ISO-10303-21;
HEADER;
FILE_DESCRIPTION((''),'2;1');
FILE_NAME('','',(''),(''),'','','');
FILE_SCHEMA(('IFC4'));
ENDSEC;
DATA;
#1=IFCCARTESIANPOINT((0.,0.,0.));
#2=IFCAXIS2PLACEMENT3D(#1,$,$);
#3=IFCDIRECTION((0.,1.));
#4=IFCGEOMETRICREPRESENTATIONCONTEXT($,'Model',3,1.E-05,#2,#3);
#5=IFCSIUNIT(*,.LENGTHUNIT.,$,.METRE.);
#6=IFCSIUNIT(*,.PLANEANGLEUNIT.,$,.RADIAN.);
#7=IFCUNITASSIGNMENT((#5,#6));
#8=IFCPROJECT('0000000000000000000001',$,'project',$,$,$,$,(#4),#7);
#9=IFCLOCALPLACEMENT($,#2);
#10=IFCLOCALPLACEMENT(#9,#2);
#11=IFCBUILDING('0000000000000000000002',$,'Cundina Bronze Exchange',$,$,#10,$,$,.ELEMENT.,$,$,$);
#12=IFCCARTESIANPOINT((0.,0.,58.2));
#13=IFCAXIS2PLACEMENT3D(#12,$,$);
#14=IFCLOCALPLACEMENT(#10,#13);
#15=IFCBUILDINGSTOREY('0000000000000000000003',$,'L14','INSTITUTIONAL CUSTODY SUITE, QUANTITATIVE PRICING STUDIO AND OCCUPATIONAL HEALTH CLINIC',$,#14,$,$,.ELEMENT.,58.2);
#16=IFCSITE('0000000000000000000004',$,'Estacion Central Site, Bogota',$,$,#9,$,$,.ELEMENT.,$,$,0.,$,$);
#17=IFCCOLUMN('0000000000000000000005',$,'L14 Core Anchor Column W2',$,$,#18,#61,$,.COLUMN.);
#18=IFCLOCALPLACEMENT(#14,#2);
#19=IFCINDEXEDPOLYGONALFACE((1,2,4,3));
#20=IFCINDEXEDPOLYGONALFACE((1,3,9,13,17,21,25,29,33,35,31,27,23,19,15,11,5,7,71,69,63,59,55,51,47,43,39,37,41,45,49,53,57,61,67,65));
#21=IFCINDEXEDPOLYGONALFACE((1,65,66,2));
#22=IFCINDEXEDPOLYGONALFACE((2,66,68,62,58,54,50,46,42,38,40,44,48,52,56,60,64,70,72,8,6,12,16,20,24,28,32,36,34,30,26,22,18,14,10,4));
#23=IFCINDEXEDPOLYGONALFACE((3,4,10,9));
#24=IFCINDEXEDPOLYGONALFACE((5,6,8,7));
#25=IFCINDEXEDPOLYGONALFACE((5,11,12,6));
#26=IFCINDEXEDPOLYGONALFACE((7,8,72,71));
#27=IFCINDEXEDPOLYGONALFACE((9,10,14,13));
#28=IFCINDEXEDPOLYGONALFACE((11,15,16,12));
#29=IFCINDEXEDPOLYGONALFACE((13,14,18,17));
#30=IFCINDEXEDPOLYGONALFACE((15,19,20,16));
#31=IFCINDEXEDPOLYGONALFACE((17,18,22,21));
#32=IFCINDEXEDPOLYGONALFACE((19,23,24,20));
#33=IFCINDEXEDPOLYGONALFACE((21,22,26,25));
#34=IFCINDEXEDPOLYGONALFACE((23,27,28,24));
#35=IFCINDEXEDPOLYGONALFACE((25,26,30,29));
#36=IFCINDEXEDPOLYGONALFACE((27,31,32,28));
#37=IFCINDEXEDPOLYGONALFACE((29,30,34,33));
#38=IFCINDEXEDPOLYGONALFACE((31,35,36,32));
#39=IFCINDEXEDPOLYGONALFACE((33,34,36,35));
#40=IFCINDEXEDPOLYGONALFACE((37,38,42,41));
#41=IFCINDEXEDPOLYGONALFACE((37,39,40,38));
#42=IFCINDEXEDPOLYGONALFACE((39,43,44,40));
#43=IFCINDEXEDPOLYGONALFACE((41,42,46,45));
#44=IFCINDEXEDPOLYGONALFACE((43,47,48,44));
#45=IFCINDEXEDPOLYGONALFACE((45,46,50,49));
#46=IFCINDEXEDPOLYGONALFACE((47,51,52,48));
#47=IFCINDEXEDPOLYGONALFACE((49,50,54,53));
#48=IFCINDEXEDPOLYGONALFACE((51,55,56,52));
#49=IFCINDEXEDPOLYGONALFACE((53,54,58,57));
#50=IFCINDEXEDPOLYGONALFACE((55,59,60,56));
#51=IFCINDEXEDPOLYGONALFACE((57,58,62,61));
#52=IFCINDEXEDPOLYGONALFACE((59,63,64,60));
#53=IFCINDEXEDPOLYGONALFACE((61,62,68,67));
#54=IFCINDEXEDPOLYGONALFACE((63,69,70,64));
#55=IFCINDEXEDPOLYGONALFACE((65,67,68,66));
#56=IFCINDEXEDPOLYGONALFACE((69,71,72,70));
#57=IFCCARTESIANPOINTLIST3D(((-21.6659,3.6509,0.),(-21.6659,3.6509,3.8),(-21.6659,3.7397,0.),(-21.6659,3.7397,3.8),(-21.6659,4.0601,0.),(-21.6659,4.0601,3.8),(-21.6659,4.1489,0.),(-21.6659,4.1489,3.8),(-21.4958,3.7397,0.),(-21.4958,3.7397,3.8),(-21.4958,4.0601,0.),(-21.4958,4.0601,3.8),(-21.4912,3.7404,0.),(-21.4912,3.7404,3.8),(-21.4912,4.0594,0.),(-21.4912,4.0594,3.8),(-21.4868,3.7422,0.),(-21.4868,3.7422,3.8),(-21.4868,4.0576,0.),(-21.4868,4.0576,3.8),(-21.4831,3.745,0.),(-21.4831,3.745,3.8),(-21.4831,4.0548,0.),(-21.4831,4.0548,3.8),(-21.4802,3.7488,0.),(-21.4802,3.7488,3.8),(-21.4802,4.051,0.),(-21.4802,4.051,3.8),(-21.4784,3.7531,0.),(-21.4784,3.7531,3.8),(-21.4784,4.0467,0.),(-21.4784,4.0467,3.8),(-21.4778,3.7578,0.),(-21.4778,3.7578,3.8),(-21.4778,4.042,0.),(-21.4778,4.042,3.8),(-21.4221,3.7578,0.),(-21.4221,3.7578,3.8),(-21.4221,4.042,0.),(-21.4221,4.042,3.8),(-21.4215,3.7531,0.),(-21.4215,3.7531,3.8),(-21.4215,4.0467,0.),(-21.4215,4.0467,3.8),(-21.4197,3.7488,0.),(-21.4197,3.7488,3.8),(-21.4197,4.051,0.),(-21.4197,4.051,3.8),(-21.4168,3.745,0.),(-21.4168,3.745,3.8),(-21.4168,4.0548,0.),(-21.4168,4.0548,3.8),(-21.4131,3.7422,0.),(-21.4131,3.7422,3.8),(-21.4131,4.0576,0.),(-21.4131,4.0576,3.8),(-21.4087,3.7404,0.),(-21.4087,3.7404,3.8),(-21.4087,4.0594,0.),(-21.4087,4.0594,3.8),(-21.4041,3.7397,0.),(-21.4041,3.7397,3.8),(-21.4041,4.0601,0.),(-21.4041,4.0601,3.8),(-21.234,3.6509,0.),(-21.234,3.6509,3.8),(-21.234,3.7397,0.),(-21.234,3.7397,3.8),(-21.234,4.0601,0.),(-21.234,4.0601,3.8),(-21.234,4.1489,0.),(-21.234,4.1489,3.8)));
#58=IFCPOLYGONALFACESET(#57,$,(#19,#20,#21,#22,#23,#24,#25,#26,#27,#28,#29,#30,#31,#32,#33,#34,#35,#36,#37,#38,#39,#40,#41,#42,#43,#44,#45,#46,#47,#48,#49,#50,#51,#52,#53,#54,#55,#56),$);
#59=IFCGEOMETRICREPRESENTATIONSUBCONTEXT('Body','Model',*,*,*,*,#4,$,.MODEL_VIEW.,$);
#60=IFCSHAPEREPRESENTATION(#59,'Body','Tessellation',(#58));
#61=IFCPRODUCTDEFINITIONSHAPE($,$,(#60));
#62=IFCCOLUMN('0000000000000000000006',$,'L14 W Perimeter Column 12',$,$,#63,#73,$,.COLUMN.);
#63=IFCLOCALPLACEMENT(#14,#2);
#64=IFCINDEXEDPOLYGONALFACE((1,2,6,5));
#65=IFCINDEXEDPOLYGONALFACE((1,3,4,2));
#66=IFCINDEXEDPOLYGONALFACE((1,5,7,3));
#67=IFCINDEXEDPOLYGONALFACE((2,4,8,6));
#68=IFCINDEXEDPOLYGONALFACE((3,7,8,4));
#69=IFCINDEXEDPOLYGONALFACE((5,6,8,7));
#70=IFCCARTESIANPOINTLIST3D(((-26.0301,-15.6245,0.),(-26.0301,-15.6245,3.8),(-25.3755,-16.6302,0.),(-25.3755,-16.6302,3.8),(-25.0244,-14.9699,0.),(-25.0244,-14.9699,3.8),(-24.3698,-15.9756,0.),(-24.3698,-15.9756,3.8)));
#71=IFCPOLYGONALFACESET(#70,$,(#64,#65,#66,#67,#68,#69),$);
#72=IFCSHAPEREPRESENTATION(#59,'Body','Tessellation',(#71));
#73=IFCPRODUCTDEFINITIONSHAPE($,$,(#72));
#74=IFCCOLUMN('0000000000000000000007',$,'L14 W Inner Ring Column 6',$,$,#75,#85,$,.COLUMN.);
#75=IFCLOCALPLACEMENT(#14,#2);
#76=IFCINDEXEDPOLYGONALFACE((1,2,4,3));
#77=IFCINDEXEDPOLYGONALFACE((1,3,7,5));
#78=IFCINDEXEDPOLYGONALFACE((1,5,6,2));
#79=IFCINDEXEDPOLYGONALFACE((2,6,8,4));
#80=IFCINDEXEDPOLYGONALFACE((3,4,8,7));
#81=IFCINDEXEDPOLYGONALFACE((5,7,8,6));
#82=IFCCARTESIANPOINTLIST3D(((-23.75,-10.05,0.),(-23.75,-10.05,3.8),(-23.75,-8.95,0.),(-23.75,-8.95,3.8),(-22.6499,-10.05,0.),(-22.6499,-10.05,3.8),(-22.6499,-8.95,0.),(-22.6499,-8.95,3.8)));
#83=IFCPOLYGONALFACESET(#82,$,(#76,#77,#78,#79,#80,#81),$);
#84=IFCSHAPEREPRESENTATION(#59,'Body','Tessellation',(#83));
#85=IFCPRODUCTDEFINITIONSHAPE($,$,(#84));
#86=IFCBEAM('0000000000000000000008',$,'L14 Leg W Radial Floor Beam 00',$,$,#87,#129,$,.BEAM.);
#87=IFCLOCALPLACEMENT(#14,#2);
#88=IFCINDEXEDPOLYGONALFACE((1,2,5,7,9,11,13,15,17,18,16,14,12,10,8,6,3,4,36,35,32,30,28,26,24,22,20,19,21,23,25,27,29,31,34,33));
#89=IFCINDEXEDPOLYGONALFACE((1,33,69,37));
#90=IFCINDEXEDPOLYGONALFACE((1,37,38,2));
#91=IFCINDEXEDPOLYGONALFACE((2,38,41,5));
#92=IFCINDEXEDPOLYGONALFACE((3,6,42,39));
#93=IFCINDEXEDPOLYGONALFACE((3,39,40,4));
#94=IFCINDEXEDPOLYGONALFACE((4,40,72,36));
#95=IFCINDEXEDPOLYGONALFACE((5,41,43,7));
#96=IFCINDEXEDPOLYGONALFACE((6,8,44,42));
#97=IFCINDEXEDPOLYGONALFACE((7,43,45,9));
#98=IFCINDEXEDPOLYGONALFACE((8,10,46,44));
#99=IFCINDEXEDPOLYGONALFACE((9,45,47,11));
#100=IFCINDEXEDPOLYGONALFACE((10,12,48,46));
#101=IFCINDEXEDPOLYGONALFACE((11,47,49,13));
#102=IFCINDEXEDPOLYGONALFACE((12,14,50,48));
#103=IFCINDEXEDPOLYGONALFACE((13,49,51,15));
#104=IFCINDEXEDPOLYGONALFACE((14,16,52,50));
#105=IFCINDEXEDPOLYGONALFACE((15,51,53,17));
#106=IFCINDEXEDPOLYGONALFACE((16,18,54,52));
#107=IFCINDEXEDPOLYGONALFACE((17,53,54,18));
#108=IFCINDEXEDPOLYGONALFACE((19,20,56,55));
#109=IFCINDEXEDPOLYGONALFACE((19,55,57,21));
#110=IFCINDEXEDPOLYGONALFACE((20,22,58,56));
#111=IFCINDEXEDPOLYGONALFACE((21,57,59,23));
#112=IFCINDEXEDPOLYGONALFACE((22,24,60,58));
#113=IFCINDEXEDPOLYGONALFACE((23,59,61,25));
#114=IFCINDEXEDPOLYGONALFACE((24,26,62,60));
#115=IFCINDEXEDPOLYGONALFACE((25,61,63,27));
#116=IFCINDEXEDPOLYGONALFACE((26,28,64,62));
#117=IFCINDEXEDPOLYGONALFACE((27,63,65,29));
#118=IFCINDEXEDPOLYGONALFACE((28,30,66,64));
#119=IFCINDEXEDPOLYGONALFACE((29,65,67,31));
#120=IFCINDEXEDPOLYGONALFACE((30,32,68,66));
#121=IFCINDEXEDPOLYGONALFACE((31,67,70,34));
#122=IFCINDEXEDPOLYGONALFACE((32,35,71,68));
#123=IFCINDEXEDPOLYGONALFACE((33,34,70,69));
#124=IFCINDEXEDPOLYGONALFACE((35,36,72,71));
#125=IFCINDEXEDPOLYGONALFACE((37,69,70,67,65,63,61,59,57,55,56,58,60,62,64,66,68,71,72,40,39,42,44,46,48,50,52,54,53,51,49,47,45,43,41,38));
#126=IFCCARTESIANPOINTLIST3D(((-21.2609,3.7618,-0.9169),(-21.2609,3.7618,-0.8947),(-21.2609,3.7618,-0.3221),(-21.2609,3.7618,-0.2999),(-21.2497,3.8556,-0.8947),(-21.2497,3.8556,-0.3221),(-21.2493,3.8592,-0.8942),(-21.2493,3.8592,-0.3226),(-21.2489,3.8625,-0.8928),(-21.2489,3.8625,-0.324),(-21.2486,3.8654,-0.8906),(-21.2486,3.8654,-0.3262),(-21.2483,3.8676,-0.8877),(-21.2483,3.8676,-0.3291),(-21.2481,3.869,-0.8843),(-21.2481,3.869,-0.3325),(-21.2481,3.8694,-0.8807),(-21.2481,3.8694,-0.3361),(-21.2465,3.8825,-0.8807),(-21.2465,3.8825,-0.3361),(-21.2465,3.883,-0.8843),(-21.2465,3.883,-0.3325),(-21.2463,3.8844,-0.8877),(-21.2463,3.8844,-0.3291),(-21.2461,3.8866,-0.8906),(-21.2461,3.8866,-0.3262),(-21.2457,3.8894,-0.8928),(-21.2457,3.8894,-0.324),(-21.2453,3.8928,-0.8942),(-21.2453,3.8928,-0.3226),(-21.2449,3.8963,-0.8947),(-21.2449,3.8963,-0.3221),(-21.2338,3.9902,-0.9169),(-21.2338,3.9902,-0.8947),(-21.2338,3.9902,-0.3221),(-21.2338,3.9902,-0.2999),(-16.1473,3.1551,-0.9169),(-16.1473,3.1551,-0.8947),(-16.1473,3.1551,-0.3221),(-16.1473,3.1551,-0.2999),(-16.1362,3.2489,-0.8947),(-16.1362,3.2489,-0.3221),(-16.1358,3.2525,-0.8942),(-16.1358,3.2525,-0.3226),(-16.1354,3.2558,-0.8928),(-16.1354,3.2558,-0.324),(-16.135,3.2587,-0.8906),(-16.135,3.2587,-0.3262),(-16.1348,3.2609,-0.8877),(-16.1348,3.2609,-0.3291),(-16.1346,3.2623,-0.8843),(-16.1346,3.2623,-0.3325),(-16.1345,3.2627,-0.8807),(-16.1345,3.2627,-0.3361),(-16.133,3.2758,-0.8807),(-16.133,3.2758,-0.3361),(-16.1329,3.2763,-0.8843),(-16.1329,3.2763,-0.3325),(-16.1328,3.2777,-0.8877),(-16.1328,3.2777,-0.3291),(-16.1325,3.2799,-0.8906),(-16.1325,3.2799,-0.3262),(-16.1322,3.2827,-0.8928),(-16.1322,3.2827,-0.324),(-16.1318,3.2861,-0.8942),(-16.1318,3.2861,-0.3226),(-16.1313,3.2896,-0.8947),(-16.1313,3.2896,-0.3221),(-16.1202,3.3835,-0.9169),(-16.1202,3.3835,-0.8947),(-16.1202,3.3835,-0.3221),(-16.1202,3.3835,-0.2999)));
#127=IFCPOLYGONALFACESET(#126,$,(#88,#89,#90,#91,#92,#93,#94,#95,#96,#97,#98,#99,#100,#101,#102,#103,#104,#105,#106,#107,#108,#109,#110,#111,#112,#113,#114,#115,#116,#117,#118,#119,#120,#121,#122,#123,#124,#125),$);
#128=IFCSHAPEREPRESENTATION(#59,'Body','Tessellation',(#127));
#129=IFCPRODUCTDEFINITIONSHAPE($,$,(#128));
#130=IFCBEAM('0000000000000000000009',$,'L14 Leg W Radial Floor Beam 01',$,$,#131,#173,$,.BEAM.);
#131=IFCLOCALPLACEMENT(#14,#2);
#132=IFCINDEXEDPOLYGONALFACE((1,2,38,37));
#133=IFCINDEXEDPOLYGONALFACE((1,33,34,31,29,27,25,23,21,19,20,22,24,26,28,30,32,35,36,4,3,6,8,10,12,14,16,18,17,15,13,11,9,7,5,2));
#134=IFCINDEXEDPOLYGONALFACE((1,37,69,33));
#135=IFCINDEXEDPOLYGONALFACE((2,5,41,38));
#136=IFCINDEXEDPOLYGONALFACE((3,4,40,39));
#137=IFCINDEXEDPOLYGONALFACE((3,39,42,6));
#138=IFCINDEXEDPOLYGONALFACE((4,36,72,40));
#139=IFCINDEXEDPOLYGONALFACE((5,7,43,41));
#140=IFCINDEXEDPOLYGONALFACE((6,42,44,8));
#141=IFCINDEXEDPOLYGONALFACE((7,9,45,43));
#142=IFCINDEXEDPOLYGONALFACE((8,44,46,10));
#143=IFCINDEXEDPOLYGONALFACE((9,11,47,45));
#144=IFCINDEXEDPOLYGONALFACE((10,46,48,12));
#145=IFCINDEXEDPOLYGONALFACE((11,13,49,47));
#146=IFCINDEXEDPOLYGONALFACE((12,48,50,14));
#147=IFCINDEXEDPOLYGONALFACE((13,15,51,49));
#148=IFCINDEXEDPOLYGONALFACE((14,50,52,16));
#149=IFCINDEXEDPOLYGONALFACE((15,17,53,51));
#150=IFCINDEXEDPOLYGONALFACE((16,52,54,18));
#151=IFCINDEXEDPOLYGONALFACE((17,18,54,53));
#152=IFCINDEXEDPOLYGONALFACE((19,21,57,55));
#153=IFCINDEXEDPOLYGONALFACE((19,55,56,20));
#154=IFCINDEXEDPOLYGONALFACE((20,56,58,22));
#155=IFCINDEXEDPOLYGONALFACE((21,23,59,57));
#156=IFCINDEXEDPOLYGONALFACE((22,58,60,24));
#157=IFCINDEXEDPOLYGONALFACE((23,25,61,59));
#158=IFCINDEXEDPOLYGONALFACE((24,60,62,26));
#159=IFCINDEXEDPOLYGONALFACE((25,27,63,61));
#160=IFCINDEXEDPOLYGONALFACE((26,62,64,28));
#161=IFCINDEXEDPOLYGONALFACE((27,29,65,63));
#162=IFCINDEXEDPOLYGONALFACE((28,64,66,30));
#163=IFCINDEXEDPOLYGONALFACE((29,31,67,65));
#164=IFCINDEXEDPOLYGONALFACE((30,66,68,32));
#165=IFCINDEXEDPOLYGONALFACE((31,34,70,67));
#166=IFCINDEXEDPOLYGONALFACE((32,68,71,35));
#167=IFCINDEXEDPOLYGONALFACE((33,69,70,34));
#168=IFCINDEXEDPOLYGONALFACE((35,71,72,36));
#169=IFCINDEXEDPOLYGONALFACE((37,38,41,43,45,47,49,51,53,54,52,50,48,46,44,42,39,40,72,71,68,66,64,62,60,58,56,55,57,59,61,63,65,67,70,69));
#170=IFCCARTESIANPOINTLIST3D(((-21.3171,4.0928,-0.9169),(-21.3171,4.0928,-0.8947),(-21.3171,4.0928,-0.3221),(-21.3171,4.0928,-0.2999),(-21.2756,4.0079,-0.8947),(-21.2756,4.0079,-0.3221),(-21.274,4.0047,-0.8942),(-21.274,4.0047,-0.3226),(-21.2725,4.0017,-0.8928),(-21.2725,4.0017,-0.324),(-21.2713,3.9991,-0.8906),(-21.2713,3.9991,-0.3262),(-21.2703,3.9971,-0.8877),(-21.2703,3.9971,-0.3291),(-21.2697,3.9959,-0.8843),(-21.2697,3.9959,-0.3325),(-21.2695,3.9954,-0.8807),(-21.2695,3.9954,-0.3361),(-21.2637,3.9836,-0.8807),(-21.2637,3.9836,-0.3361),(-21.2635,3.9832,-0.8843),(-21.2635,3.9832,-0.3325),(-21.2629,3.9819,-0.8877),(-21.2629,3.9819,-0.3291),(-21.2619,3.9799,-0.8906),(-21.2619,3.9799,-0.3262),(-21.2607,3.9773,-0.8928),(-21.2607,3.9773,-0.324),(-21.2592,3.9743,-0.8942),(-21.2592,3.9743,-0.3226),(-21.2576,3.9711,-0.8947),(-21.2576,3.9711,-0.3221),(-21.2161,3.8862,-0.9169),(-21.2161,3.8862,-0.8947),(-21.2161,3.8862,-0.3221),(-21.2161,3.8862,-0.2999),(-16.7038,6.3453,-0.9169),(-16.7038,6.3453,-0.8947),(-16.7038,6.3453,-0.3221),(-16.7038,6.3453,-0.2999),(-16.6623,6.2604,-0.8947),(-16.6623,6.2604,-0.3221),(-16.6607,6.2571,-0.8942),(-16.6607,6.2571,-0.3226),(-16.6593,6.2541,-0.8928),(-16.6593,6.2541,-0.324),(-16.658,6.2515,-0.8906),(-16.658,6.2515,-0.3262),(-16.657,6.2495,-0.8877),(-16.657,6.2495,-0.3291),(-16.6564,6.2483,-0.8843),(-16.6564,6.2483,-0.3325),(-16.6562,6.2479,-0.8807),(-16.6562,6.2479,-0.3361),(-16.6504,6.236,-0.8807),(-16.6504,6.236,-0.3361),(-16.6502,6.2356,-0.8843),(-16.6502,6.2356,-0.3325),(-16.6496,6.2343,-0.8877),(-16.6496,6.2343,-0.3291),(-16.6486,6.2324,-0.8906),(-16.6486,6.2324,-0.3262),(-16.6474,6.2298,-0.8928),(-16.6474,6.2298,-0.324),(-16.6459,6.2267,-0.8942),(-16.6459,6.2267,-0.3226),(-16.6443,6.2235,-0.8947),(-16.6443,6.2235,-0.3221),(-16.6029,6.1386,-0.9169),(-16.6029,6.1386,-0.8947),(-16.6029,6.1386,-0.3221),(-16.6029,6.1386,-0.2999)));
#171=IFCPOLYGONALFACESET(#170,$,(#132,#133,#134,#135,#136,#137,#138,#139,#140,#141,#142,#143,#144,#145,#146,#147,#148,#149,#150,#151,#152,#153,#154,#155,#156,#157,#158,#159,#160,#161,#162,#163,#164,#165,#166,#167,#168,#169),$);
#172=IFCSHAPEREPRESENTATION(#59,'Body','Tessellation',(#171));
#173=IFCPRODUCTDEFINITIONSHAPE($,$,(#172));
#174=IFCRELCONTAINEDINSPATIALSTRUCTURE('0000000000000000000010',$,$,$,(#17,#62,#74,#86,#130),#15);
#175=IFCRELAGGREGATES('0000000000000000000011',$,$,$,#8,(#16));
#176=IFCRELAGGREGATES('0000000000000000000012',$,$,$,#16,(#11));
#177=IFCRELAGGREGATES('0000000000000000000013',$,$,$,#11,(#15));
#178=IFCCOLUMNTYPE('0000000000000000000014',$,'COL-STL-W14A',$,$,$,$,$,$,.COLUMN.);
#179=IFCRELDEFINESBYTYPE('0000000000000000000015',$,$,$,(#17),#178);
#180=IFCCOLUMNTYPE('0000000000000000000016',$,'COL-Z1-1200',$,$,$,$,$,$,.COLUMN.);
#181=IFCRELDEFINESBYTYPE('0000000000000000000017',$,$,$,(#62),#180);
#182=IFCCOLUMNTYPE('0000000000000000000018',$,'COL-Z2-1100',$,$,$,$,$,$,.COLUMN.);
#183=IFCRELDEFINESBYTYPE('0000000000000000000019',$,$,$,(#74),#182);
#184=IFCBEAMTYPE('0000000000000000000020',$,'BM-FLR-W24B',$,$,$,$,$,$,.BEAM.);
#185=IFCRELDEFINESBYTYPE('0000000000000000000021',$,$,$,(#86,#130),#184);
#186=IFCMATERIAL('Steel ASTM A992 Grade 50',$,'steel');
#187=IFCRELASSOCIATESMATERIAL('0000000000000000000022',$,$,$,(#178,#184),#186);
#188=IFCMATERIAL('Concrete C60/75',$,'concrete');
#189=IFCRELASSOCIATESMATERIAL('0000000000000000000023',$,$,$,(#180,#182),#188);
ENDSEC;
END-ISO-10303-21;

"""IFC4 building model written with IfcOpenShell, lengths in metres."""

from ifc_helpers import new_model, si_unit, direction, frame, origin, origin_2d, place, context, subcontext, project, spatial, rectangle, i_section, extrude, material, material_profile, profile_set, type_object, element, save


model = new_model("IFC4")

# Units and contexts
model_context = context("Model", 3, precision=1e-05, world=origin(), true_north=direction((0.0, 1.0)))
body_context = subcontext(model_context, "Body", "Model", "MODEL_VIEW")
ifc_project = project(units=[si_unit("LENGTHUNIT", "METRE"), si_unit("PLANEANGLEUNIT", "RADIAN")], contexts=[model_context])

# Site, building, storey
site_placement = place(None, origin())
site = spatial("IfcSite", under=ifc_project, at=site_placement, Name="Estacion Central Site, Bogota", CompositionType="ELEMENT", RefElevation=0.0)
building_placement = place(site_placement, origin())
building = spatial("IfcBuilding", under=site, at=building_placement, Name="Cundina Bronze Exchange", CompositionType="ELEMENT")
storey_placement = place(building_placement, frame((0.0, 0.0, 58.2)))
storey = spatial("IfcBuildingStorey", under=building, at=storey_placement, Name="L14", Description="INSTITUTIONAL CUSTODY SUITE, QUANTITATIVE PRICING STUDIO AND OCCUPATIONAL HEALTH CLINIC", CompositionType="ELEMENT", Elevation=58.2)

# Columns
ifc_material_1 = material(Name="Steel ASTM A992 Grade 50", Category="steel")
ifc_material_profile_1 = material_profile(ifc_material_1, i_section(OverallWidth=0.4319, OverallDepth=0.498, WebThickness=0.0557, FlangeThickness=0.0889, FilletRadius=0.0181, at=origin_2d()), Name="W14X500", Category="steel")
ifc_profile_set_1 = profile_set([ifc_material_profile_1], Name="Steel ASTM A992 Grade 50")
column_type_1 = type_object("IfcColumnType", Name="COL-STL-W14A", PredefinedType="COLUMN", material=ifc_profile_set_1)
column_1_placement = place(storey_placement, frame((-21.45, 3.8999, 0.0), z_axis=(0.0, 0.0, 1.0), x_axis=(1.0, 0.0, 0.0)))
element("IfcColumn", 1, at=column_1_placement, inside=storey, type_object=column_type_1, Name="L14 Core Anchor Column W2", PredefinedType="COLUMN", context=body_context, shape_type="SweptSolid", body=[
    extrude(i_section(OverallWidth=0.4319, OverallDepth=0.498, WebThickness=0.0557, FlangeThickness=0.0889, FilletRadius=0.0181, at=origin_2d()), origin(), (0.0, 0.0, 1.0), 3.8),
])
ifc_material_2 = material(Name="Concrete C60/75", Category="concrete")
ifc_material_profile_2 = material_profile(ifc_material_2, rectangle(XDim=1.2, YDim=1.2, at=origin_2d()), Name="RC1200X1200", Category="concrete")
ifc_profile_set_2 = profile_set([ifc_material_profile_2], Name="Concrete C60/75")
column_type_2 = type_object("IfcColumnType", Name="COL-Z1-1200", PredefinedType="COLUMN", material=ifc_profile_set_2)
column_2_placement = place(storey_placement, frame((-25.2, -15.8, 0.0), z_axis=(0.0, 0.0, 1.0), x_axis=(0.8381, 0.545517, 0.0)))
element("IfcColumn", 2, at=column_2_placement, inside=storey, type_object=column_type_2, Name="L14 W Perimeter Column 12", PredefinedType="COLUMN", context=body_context, shape_type="SweptSolid", body=[
    extrude(rectangle(XDim=1.2, YDim=1.2, at=origin_2d()), origin(), (0.0, 0.0, 1.0), 3.8),
])
ifc_material_profile_3 = material_profile(ifc_material_2, rectangle(XDim=1.1001, YDim=1.1001, at=origin_2d()), Name="RC1100X1100", Category="concrete")
ifc_profile_set_3 = profile_set([ifc_material_profile_3], Name="Concrete C60/75")
column_type_3 = type_object("IfcColumnType", Name="COL-Z2-1100", PredefinedType="COLUMN", material=ifc_profile_set_3)
column_3_placement = place(storey_placement, frame((-23.2, -9.5, 0.0), z_axis=(0.0, 0.0, 1.0), x_axis=(1.0, 0.0, 0.0)))
element("IfcColumn", 3, at=column_3_placement, inside=storey, type_object=column_type_3, Name="L14 W Inner Ring Column 6", PredefinedType="COLUMN", context=body_context, shape_type="SweptSolid", body=[
    extrude(rectangle(XDim=1.1001, YDim=1.1001, at=origin_2d()), origin(), (0.0, 0.0, 1.0), 3.8),
])

# Beams
ifc_material_profile_4 = material_profile(ifc_material_1, i_section(OverallWidth=0.23, OverallDepth=0.6169, WebThickness=0.0132, FlangeThickness=0.0222, FilletRadius=0.0139, at=origin_2d()), Name="W24X94", Category="steel")
ifc_profile_set_4 = profile_set([ifc_material_profile_4], Name="Steel ASTM A992 Grade 50")
beam_type_1 = type_object("IfcBeamType", Name="BM-FLR-W24B", PredefinedType="BEAM", material=ifc_profile_set_4)
beam_1_placement = place(storey_placement, frame((-21.2473, 3.876, -0.6084), z_axis=(0.993035, -0.117818, 0.0), x_axis=(0.117818, 0.993035, 0.0)))
element("IfcBeam", 4, at=beam_1_placement, inside=storey, type_object=beam_type_1, Name="L14 Leg W Radial Floor Beam 00", PredefinedType="BEAM", context=body_context, shape_type="SweptSolid", body=[
    extrude(i_section(OverallWidth=0.23, OverallDepth=0.6169, WebThickness=0.0132, FlangeThickness=0.0222, FilletRadius=0.0139, at=origin_2d()), origin(), (0.0, 0.0, 1.0), 5.1494),
])
beam_2_placement = place(storey_placement, frame((-21.2666, 3.9895, -0.6084), z_axis=(0.89861, 0.438748, 0.0), x_axis=(-0.438748, 0.89861, 0.0)))
element("IfcBeam", 5, at=beam_2_placement, inside=storey, type_object=beam_type_1, Name="L14 Leg W Radial Floor Beam 01", PredefinedType="BEAM", context=body_context, shape_type="SweptSolid", body=[
    extrude(i_section(OverallWidth=0.23, OverallDepth=0.6169, WebThickness=0.0132, FlangeThickness=0.0222, FilletRadius=0.0139, at=origin_2d()), origin(), (0.0, 0.0, 1.0), 5.1338),
])

save(model, "model.ifc")
